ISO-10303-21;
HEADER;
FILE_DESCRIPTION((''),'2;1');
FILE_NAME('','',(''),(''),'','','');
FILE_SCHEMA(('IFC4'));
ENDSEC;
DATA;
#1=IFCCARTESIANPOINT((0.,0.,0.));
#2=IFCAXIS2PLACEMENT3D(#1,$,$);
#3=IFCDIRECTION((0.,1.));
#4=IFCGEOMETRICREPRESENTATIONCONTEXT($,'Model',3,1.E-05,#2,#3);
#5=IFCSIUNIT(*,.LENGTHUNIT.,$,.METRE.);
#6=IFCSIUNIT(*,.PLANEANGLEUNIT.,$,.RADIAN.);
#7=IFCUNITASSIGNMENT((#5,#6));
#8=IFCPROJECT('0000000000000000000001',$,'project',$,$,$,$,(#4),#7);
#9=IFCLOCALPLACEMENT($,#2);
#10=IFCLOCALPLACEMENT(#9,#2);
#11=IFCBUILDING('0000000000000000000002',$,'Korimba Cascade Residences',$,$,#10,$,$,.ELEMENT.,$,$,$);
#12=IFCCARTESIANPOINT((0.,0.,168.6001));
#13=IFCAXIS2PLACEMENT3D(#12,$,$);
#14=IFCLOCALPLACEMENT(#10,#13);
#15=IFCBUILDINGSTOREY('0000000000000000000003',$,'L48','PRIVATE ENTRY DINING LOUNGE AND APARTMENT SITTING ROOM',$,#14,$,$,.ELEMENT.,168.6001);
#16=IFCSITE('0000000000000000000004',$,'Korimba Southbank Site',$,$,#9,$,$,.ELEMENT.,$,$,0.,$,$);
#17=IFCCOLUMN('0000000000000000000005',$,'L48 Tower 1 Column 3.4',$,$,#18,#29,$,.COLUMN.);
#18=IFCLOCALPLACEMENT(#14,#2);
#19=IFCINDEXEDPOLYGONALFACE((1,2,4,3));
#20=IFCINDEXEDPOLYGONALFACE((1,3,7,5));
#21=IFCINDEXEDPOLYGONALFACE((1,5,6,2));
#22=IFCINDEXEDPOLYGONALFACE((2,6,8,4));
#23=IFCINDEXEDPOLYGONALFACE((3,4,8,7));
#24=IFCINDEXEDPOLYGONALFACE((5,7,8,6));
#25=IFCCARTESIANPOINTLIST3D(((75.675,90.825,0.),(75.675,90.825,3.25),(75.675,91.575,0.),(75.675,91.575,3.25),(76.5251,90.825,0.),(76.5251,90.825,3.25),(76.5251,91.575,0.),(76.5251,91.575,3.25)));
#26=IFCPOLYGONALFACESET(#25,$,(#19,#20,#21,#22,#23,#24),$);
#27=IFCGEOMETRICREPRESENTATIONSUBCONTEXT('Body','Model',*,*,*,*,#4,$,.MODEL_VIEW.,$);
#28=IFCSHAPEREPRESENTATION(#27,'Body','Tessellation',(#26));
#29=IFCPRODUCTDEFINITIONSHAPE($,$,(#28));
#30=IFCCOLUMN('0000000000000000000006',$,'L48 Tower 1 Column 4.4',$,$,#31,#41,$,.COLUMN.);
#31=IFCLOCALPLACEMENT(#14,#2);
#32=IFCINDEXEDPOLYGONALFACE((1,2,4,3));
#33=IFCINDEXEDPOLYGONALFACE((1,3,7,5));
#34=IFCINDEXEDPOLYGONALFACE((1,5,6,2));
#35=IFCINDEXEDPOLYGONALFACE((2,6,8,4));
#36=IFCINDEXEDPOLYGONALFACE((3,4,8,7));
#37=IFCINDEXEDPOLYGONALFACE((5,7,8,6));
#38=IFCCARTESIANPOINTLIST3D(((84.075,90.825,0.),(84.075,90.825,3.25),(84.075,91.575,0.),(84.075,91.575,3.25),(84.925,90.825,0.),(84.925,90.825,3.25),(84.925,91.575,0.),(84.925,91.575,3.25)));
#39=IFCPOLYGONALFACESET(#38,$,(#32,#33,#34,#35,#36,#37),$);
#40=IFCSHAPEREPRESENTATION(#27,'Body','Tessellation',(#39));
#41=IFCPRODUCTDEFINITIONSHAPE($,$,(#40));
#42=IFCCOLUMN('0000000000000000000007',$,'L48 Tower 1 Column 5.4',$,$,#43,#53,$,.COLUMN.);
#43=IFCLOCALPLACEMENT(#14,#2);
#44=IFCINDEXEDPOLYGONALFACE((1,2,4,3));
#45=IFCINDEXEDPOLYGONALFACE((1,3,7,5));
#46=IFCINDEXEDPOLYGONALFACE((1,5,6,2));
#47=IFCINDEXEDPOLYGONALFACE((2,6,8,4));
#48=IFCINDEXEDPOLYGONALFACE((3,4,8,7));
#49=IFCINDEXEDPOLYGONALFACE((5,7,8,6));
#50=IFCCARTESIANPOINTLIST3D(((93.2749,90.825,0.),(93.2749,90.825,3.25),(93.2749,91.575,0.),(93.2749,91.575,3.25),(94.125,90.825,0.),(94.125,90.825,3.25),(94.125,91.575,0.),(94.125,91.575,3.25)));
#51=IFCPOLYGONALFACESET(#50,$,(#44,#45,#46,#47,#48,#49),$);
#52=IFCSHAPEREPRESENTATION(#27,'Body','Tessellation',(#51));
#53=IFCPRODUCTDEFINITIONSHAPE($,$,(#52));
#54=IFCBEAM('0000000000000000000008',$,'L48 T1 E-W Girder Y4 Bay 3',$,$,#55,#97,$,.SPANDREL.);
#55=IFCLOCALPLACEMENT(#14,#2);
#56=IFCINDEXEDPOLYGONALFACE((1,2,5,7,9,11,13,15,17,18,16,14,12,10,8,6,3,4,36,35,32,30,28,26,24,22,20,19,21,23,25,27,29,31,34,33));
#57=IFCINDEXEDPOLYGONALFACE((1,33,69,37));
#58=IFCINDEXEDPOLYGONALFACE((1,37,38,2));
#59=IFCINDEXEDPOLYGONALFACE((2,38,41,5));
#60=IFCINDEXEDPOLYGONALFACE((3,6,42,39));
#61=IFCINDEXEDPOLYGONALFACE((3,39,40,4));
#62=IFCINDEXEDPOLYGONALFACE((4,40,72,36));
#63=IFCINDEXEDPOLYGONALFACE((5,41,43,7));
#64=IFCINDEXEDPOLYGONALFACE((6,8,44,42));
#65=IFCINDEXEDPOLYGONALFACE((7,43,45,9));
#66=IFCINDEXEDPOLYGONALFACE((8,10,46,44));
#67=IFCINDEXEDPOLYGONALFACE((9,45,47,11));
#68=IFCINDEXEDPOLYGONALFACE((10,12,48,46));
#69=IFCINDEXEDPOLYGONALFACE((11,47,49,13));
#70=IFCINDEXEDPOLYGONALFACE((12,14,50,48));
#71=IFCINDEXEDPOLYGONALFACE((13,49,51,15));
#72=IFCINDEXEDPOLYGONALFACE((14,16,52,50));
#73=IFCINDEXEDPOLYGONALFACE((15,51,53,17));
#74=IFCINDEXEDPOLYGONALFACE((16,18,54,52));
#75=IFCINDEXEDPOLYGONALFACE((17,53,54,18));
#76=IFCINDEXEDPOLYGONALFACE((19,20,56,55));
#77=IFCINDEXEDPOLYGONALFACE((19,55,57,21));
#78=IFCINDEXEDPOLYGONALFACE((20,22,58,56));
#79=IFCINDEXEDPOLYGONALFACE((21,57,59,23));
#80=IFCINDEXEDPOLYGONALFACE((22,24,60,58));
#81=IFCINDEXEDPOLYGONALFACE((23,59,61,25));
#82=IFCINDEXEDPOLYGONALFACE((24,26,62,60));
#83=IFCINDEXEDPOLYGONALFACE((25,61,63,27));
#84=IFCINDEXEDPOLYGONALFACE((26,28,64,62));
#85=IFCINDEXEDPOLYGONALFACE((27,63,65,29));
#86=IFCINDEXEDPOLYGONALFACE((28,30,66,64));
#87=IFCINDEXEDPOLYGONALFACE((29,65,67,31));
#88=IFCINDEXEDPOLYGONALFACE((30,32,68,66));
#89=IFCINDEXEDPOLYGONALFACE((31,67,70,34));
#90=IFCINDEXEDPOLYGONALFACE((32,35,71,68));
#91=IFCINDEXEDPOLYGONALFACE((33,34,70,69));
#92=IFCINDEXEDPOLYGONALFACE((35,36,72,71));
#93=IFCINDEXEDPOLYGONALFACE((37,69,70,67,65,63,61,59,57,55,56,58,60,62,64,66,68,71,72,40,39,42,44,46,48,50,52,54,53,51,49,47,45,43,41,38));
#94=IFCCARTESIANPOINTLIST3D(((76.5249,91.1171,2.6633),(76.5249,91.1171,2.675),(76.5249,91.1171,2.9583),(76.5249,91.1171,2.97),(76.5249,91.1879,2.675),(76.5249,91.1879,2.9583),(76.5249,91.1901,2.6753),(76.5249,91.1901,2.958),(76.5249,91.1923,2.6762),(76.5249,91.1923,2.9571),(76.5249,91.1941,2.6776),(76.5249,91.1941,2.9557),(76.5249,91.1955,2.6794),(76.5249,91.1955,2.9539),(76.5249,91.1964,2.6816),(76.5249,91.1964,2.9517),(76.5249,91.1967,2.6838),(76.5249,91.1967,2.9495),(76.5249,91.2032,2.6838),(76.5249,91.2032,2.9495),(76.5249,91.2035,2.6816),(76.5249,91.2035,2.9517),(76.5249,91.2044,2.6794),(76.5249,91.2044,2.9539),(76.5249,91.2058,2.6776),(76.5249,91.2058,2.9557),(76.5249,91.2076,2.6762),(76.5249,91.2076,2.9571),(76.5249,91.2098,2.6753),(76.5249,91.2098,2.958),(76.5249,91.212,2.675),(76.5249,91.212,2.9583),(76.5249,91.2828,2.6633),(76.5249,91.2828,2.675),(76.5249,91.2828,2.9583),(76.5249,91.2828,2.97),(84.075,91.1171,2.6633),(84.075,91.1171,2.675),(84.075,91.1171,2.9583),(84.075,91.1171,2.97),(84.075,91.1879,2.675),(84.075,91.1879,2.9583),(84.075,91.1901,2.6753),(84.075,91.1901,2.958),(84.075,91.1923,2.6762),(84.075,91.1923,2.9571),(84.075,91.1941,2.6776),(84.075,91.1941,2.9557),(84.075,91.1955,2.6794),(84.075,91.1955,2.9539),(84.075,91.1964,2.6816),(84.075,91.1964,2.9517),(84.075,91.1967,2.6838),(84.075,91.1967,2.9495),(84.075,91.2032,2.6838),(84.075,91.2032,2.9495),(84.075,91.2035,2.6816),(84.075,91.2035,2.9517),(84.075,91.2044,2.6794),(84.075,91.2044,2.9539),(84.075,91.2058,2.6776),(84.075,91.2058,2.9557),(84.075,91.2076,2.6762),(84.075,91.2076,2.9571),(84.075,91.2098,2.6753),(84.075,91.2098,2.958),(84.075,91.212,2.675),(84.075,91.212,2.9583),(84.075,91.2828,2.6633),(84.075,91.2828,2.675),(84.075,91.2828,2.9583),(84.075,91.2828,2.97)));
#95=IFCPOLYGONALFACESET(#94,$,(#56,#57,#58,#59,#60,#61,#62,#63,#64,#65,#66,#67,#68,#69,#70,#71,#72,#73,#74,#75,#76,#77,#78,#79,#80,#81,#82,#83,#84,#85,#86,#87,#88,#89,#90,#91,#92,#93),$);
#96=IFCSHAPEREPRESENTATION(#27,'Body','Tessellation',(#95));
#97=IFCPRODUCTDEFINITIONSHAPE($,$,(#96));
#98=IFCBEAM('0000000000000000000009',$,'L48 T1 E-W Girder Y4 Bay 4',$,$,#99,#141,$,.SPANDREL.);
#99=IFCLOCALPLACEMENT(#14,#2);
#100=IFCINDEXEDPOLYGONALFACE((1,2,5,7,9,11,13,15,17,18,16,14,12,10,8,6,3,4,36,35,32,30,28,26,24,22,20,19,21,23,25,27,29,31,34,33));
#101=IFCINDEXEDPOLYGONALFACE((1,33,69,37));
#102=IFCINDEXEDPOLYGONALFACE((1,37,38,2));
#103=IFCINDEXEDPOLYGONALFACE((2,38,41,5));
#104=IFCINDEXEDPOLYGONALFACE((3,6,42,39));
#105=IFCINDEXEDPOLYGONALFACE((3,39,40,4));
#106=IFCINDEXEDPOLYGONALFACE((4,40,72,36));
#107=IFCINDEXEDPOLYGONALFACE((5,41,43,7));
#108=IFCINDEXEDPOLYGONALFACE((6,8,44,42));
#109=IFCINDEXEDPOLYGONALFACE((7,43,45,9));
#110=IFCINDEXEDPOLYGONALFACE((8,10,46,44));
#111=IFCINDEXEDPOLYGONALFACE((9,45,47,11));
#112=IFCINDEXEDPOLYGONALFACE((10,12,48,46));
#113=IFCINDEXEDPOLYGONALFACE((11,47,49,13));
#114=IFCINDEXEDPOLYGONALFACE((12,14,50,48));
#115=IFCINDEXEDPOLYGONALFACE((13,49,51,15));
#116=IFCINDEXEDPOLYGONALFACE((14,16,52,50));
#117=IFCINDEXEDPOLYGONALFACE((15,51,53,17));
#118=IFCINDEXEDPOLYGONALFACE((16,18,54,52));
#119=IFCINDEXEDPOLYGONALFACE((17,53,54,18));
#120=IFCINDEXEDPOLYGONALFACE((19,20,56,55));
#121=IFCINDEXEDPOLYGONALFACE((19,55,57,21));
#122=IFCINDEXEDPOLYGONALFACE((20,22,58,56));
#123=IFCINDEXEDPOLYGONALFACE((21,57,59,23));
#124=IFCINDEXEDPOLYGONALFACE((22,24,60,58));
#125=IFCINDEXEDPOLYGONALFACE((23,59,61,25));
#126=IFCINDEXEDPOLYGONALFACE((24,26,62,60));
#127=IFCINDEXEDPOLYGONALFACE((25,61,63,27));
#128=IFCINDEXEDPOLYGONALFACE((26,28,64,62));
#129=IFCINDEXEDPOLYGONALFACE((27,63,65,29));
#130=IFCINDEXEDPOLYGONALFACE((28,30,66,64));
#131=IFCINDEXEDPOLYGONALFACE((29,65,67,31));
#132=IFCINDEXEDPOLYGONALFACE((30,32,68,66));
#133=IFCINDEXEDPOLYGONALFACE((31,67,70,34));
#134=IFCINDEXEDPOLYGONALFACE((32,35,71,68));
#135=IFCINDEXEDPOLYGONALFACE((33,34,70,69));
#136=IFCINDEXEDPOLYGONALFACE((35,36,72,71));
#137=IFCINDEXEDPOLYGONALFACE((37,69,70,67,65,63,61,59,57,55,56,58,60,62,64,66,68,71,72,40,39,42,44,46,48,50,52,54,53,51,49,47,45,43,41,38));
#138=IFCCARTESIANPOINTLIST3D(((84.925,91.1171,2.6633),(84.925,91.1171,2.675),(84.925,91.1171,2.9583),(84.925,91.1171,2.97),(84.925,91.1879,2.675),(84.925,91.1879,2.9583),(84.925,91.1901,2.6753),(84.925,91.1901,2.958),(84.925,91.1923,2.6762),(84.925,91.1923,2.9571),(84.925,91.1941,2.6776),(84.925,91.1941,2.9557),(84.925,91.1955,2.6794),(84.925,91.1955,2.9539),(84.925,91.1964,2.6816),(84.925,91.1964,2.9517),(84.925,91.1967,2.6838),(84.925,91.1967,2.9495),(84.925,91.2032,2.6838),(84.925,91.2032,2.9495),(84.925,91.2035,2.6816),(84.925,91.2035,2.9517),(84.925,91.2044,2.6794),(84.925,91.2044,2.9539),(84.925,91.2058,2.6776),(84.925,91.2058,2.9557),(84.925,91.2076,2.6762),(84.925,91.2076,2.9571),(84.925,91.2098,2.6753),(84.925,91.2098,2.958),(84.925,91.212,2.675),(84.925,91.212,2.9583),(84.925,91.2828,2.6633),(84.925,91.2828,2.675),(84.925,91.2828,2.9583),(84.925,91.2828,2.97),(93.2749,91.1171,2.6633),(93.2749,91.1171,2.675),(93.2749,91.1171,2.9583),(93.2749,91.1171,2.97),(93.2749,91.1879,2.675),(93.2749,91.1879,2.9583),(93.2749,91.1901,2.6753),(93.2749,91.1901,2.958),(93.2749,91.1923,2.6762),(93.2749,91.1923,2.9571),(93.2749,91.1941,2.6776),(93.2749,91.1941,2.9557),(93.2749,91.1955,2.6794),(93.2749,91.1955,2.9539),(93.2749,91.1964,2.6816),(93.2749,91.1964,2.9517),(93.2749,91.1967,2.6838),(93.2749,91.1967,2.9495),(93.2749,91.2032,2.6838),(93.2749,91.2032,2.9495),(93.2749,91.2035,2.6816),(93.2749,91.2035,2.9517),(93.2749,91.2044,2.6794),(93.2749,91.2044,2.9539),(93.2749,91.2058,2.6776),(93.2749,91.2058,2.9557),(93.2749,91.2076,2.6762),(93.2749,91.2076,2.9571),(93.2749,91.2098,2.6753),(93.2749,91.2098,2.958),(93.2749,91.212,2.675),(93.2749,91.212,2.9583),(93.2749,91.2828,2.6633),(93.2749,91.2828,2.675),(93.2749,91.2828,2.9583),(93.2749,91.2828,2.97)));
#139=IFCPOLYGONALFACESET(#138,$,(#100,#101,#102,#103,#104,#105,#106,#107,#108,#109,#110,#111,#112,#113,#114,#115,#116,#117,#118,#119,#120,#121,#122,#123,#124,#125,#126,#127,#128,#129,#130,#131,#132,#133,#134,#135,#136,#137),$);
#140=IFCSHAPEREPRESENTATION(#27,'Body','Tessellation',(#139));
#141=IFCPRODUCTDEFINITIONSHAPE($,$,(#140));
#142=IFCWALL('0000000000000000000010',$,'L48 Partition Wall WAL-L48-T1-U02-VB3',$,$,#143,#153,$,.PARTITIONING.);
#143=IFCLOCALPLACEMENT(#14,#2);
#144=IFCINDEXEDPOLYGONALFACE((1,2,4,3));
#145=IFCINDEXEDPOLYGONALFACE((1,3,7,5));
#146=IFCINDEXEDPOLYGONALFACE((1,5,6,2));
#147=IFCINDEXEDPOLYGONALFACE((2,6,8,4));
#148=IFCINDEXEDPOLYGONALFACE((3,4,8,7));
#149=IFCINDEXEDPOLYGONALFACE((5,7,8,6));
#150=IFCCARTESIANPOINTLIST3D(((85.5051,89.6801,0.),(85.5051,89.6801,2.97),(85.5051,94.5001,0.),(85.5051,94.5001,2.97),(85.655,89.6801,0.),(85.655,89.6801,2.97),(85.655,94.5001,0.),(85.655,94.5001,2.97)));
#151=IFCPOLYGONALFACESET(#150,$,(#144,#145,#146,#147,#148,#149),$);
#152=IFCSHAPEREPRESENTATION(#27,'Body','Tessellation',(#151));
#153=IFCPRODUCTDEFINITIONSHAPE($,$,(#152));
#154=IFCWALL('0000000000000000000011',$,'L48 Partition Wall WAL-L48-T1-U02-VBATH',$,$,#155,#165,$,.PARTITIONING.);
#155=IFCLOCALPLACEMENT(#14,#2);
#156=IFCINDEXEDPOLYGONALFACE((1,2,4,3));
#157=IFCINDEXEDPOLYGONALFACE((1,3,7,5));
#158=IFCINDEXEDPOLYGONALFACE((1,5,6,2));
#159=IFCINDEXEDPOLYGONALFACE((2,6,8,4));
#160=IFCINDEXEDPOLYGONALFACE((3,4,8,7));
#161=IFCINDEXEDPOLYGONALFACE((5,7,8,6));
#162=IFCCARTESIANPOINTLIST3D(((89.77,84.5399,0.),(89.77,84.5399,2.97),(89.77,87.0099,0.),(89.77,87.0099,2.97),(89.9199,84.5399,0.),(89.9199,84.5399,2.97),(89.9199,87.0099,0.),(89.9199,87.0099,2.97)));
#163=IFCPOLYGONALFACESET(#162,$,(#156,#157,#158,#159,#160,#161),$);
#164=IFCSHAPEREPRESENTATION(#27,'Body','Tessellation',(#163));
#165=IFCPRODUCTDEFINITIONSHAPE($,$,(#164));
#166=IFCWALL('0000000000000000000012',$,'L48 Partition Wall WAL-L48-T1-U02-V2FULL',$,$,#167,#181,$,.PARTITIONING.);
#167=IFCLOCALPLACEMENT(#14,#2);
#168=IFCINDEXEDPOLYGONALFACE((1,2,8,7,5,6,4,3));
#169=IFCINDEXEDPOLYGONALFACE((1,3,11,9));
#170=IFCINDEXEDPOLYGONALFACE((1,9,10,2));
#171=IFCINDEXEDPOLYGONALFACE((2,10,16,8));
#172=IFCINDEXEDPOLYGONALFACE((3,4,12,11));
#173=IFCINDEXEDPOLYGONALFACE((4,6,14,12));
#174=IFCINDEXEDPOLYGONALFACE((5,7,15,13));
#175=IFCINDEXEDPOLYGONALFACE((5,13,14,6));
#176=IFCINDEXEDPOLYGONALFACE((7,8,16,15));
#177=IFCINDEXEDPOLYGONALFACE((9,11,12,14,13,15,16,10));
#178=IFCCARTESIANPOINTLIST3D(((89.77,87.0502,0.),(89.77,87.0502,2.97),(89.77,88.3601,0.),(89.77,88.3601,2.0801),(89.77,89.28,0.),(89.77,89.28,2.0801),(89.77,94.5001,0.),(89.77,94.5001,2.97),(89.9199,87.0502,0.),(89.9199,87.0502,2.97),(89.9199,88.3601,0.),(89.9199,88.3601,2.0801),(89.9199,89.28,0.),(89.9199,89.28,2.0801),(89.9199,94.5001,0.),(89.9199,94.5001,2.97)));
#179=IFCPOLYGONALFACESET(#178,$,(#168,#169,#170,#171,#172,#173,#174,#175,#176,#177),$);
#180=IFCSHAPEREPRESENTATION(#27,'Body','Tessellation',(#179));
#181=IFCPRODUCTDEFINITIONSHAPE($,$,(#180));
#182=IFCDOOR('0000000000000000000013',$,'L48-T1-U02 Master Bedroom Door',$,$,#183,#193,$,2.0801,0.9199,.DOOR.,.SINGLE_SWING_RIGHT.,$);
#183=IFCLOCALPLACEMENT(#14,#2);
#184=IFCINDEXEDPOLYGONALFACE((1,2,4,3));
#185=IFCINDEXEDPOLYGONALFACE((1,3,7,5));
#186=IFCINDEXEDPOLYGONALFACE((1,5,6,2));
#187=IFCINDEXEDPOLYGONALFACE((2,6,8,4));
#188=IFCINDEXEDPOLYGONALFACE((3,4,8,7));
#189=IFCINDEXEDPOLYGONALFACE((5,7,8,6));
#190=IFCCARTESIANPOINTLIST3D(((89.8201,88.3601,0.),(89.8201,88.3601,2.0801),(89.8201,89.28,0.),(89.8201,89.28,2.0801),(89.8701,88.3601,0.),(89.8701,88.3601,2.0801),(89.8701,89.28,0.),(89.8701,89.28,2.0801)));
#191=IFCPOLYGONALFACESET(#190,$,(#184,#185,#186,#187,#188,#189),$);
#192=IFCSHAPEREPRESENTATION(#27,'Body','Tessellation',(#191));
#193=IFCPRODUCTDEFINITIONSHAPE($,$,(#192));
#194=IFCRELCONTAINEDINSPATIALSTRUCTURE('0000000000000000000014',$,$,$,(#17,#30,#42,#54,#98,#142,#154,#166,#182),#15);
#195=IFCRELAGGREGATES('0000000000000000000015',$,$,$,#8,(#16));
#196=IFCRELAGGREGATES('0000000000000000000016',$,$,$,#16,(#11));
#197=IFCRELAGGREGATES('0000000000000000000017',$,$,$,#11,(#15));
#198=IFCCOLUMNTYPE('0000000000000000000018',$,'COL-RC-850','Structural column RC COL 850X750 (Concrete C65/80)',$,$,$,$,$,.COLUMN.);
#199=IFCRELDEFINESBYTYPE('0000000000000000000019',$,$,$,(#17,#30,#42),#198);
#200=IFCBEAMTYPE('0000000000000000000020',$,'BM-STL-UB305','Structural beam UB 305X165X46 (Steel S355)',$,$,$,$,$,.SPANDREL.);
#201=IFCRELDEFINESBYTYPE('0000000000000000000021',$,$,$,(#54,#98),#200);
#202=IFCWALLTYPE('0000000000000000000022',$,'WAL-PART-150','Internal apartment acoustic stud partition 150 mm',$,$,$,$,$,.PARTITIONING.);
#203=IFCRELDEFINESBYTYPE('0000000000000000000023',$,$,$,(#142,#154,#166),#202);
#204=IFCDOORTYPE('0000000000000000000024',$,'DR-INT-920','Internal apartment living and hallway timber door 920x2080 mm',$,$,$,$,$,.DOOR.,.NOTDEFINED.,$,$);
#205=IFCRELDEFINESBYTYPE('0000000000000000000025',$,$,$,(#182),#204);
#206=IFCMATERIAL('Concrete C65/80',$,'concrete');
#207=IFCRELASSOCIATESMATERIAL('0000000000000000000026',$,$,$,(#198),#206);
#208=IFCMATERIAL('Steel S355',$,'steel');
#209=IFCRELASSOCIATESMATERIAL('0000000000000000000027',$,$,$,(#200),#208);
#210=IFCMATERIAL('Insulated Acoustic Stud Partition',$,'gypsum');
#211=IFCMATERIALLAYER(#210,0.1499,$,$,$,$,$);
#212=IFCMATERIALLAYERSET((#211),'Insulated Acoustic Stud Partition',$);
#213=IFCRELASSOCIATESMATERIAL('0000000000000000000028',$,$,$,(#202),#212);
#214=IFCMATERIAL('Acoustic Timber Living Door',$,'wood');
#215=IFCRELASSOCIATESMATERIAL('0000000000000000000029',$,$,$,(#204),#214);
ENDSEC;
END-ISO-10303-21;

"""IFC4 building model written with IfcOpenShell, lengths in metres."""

from ifc_helpers import new_model, si_unit, direction, frame, frame_2d, origin, origin_2d, place, context, subcontext, project, spatial, rectangle, i_section, extrude, material, layer, layer_set, material_profile, profile_set, type_object, element, fill, save


model = new_model("IFC4")

# Units and contexts
model_context = context("Model", 3, precision=1e-05, world=origin(), true_north=direction((0.0, 1.0)))
body_context = subcontext(model_context, "Body", "Model", "MODEL_VIEW")
ifc_project = project(units=[si_unit("LENGTHUNIT", "METRE"), si_unit("PLANEANGLEUNIT", "RADIAN")], contexts=[model_context])

# Site, building, storey
site_placement = place(None, origin())
site = spatial("IfcSite", under=ifc_project, at=site_placement, Name="Korimba Southbank Site", CompositionType="ELEMENT", RefElevation=0.0)
building_placement = place(site_placement, origin())
building = spatial("IfcBuilding", under=site, at=building_placement, Name="Korimba Cascade Residences", CompositionType="ELEMENT")
storey_placement = place(building_placement, frame((0.0, 0.0, 168.6001)))
storey = spatial("IfcBuildingStorey", under=building, at=storey_placement, Name="L48", Description="PRIVATE ENTRY DINING LOUNGE AND APARTMENT SITTING ROOM", CompositionType="ELEMENT", Elevation=168.6001)

# Columns
ifc_material_1 = material(Name="Concrete C65/80", Category="concrete")
ifc_material_profile_1 = material_profile(ifc_material_1, rectangle(XDim=0.8501, YDim=0.75, at=origin_2d()), Name="Concrete C65/80")
ifc_profile_set_1 = profile_set([ifc_material_profile_1], Name="Concrete C65/80")
column_type = type_object("IfcColumnType", Name="COL-RC-850", Description="Structural column RC COL 850X750 (Concrete C65/80)", PredefinedType="COLUMN", material=ifc_profile_set_1)
for number, where, z_axis, x_axis, name in (
    (1, (76.1001, 91.2, 0.0), (0.0, 0.0, 1.0), (1.0, 0.0, 0.0), "L48 Tower 1 Column 3.4"),
    (2, (84.5, 91.2, 0.0), (0.0, 0.0, 1.0), (1.0, 0.0, 0.0), "L48 Tower 1 Column 4.4"),
    (3, (93.7, 91.2, 0.0), (0.0, 0.0, 1.0), (1.0, 0.0, 0.0), "L48 Tower 1 Column 5.4"),
):
    element("IfcColumn", number, at=place(storey_placement, frame(where, z_axis=z_axis, x_axis=x_axis)), inside=storey, type_object=column_type, Name=name, PredefinedType="COLUMN", context=body_context, shape_type="SweptSolid", body=[
        extrude(rectangle(XDim=0.8501, YDim=0.75, at=origin_2d()), origin(), (0.0, 0.0, 1.0), 3.25),
    ])

# Beams
ifc_material_2 = material(Name="Steel S355", Category="steel")
ifc_material_profile_2 = material_profile(ifc_material_2, i_section(OverallWidth=0.1658, OverallDepth=0.3066, WebThickness=0.0066, FlangeThickness=0.0117, FilletRadius=0.0088, at=origin_2d()), Name="Steel S355")
ifc_profile_set_2 = profile_set([ifc_material_profile_2], Name="Steel S355")
beam_type = type_object("IfcBeamType", Name="BM-STL-UB305", Description="Structural beam UB 305X165X46 (Steel S355)", PredefinedType="SPANDREL", material=ifc_profile_set_2)
beam_1_placement = place(storey_placement, frame((76.5249, 91.2, 2.8167), z_axis=(1.0, 0.0, 0.0), x_axis=(0.0, 1.0, 0.0)))
element("IfcBeam", 4, at=beam_1_placement, inside=storey, type_object=beam_type, Name="L48 T1 E-W Girder Y4 Bay 3", PredefinedType="SPANDREL", context=body_context, shape_type="SweptSolid", body=[
    extrude(i_section(OverallWidth=0.1658, OverallDepth=0.3066, WebThickness=0.0066, FlangeThickness=0.0117, FilletRadius=0.0088, at=origin_2d()), origin(), (0.0, 0.0, 1.0), 7.55),
])
beam_2_placement = place(storey_placement, frame((84.925, 91.2, 2.8167), z_axis=(1.0, 0.0, 0.0), x_axis=(0.0, 1.0, 0.0)))
element("IfcBeam", 5, at=beam_2_placement, inside=storey, type_object=beam_type, Name="L48 T1 E-W Girder Y4 Bay 4", PredefinedType="SPANDREL", context=body_context, shape_type="SweptSolid", body=[
    extrude(i_section(OverallWidth=0.1658, OverallDepth=0.3066, WebThickness=0.0066, FlangeThickness=0.0117, FilletRadius=0.0088, at=origin_2d()), origin(), (0.0, 0.0, 1.0), 8.3499),
])

# Walls
ifc_material_3 = material(Name="Insulated Acoustic Stud Partition", Category="gypsum")
ifc_layer = layer(ifc_material_3, 0.1499)
ifc_layer_set = layer_set([ifc_layer], Name="Insulated Acoustic Stud Partition")
wall_type = type_object("IfcWallType", Name="WAL-PART-150", Description="Internal apartment acoustic stud partition 150 mm", PredefinedType="PARTITIONING", material=ifc_layer_set)
wall_1_placement = place(storey_placement, frame((85.5801, 89.6799, 0.0), z_axis=(0.0, 0.0, 1.0), x_axis=(0.0, 1.0, 0.0)))
element("IfcWall", 6, at=wall_1_placement, inside=storey, type_object=wall_type, Name="L48 Partition Wall WAL-L48-T1-U02-VB3", PredefinedType="PARTITIONING", context=body_context, shape_type="SweptSolid", body=[
    extrude(rectangle(XDim=4.8201, YDim=0.1499, at=frame_2d((2.4102, 0.0))), origin(), (0.0, 0.0, 1.0), 2.97),
])
wall_2_placement = place(storey_placement, frame((89.845, 84.54, 0.0), z_axis=(0.0, 0.0, 1.0), x_axis=(0.0, 1.0, 0.0)))
element("IfcWall", 7, at=wall_2_placement, inside=storey, type_object=wall_type, Name="L48 Partition Wall WAL-L48-T1-U02-VBATH", PredefinedType="PARTITIONING", context=body_context, shape_type="SweptSolid", body=[
    extrude(rectangle(XDim=2.47, YDim=0.1499, at=frame_2d((1.2349, 0.0))), origin(), (0.0, 0.0, 1.0), 2.97),
])

# Wall, opening, door
wall_3_placement = place(storey_placement, frame((89.845, 87.05, 0.0), z_axis=(0.0, 0.0, 1.0), x_axis=(0.0, 1.0, 0.0)))
wall_3 = element("IfcWall", 8, at=wall_3_placement, inside=storey, type_object=wall_type, Name="L48 Partition Wall WAL-L48-T1-U02-V2FULL", PredefinedType="PARTITIONING", context=body_context, shape_type="SweptSolid", body=[
    extrude(rectangle(XDim=7.45, YDim=0.1499, at=frame_2d((3.7251, 0.0))), origin(), (0.0, 0.0, 1.0), 2.97),
])
opening_1_placement = place(wall_3_placement, frame((1.3101, 0.0, 0.0)))
opening_1 = element("IfcOpeningElement", 9, at=opening_1_placement, cuts=wall_3, PredefinedType="OPENING", context=body_context, shape_type="SweptSolid", body=[
    extrude(rectangle(XDim=0.9199, YDim=2.0801, at=frame_2d((0.46, 1.04))), frame((0.0, 0.085, 0.0), z_axis=(0.0, -1.0, 0.0), x_axis=(1.0, 0.0, 0.0)), (0.0, 0.0, 1.0), 0.1699),
])
ifc_material_4 = material(Name="Acoustic Timber Living Door", Category="wood")
door_type_1 = type_object("IfcDoorType", Name="DR-INT-920", Description="Internal apartment living and hallway timber door 920x2080 mm", OperationType="NOTDEFINED", PredefinedType="DOOR", material=ifc_material_4)
door_1_placement = place(opening_1_placement, origin())
door_1 = element("IfcDoor", 10, at=door_1_placement, inside=storey, type_object=door_type_1, Name="L48-T1-U02 Master Bedroom Door", OperationType="SINGLE_SWING_RIGHT", OverallHeight=2.0801, OverallWidth=0.9199, PredefinedType="DOOR", context=body_context, shape_type="SweptSolid", body=[
    extrude(rectangle(XDim=0.9199, YDim=2.0801, at=frame_2d((0.46, 1.04))), frame((0.0, 0.0249, 0.0), z_axis=(0.0, -1.0, 0.0), x_axis=(1.0, 0.0, 0.0)), (0.0, 0.0, 1.0), 0.05),
])
fill(opening_1, door_1)

save(model, "model.ifc")
